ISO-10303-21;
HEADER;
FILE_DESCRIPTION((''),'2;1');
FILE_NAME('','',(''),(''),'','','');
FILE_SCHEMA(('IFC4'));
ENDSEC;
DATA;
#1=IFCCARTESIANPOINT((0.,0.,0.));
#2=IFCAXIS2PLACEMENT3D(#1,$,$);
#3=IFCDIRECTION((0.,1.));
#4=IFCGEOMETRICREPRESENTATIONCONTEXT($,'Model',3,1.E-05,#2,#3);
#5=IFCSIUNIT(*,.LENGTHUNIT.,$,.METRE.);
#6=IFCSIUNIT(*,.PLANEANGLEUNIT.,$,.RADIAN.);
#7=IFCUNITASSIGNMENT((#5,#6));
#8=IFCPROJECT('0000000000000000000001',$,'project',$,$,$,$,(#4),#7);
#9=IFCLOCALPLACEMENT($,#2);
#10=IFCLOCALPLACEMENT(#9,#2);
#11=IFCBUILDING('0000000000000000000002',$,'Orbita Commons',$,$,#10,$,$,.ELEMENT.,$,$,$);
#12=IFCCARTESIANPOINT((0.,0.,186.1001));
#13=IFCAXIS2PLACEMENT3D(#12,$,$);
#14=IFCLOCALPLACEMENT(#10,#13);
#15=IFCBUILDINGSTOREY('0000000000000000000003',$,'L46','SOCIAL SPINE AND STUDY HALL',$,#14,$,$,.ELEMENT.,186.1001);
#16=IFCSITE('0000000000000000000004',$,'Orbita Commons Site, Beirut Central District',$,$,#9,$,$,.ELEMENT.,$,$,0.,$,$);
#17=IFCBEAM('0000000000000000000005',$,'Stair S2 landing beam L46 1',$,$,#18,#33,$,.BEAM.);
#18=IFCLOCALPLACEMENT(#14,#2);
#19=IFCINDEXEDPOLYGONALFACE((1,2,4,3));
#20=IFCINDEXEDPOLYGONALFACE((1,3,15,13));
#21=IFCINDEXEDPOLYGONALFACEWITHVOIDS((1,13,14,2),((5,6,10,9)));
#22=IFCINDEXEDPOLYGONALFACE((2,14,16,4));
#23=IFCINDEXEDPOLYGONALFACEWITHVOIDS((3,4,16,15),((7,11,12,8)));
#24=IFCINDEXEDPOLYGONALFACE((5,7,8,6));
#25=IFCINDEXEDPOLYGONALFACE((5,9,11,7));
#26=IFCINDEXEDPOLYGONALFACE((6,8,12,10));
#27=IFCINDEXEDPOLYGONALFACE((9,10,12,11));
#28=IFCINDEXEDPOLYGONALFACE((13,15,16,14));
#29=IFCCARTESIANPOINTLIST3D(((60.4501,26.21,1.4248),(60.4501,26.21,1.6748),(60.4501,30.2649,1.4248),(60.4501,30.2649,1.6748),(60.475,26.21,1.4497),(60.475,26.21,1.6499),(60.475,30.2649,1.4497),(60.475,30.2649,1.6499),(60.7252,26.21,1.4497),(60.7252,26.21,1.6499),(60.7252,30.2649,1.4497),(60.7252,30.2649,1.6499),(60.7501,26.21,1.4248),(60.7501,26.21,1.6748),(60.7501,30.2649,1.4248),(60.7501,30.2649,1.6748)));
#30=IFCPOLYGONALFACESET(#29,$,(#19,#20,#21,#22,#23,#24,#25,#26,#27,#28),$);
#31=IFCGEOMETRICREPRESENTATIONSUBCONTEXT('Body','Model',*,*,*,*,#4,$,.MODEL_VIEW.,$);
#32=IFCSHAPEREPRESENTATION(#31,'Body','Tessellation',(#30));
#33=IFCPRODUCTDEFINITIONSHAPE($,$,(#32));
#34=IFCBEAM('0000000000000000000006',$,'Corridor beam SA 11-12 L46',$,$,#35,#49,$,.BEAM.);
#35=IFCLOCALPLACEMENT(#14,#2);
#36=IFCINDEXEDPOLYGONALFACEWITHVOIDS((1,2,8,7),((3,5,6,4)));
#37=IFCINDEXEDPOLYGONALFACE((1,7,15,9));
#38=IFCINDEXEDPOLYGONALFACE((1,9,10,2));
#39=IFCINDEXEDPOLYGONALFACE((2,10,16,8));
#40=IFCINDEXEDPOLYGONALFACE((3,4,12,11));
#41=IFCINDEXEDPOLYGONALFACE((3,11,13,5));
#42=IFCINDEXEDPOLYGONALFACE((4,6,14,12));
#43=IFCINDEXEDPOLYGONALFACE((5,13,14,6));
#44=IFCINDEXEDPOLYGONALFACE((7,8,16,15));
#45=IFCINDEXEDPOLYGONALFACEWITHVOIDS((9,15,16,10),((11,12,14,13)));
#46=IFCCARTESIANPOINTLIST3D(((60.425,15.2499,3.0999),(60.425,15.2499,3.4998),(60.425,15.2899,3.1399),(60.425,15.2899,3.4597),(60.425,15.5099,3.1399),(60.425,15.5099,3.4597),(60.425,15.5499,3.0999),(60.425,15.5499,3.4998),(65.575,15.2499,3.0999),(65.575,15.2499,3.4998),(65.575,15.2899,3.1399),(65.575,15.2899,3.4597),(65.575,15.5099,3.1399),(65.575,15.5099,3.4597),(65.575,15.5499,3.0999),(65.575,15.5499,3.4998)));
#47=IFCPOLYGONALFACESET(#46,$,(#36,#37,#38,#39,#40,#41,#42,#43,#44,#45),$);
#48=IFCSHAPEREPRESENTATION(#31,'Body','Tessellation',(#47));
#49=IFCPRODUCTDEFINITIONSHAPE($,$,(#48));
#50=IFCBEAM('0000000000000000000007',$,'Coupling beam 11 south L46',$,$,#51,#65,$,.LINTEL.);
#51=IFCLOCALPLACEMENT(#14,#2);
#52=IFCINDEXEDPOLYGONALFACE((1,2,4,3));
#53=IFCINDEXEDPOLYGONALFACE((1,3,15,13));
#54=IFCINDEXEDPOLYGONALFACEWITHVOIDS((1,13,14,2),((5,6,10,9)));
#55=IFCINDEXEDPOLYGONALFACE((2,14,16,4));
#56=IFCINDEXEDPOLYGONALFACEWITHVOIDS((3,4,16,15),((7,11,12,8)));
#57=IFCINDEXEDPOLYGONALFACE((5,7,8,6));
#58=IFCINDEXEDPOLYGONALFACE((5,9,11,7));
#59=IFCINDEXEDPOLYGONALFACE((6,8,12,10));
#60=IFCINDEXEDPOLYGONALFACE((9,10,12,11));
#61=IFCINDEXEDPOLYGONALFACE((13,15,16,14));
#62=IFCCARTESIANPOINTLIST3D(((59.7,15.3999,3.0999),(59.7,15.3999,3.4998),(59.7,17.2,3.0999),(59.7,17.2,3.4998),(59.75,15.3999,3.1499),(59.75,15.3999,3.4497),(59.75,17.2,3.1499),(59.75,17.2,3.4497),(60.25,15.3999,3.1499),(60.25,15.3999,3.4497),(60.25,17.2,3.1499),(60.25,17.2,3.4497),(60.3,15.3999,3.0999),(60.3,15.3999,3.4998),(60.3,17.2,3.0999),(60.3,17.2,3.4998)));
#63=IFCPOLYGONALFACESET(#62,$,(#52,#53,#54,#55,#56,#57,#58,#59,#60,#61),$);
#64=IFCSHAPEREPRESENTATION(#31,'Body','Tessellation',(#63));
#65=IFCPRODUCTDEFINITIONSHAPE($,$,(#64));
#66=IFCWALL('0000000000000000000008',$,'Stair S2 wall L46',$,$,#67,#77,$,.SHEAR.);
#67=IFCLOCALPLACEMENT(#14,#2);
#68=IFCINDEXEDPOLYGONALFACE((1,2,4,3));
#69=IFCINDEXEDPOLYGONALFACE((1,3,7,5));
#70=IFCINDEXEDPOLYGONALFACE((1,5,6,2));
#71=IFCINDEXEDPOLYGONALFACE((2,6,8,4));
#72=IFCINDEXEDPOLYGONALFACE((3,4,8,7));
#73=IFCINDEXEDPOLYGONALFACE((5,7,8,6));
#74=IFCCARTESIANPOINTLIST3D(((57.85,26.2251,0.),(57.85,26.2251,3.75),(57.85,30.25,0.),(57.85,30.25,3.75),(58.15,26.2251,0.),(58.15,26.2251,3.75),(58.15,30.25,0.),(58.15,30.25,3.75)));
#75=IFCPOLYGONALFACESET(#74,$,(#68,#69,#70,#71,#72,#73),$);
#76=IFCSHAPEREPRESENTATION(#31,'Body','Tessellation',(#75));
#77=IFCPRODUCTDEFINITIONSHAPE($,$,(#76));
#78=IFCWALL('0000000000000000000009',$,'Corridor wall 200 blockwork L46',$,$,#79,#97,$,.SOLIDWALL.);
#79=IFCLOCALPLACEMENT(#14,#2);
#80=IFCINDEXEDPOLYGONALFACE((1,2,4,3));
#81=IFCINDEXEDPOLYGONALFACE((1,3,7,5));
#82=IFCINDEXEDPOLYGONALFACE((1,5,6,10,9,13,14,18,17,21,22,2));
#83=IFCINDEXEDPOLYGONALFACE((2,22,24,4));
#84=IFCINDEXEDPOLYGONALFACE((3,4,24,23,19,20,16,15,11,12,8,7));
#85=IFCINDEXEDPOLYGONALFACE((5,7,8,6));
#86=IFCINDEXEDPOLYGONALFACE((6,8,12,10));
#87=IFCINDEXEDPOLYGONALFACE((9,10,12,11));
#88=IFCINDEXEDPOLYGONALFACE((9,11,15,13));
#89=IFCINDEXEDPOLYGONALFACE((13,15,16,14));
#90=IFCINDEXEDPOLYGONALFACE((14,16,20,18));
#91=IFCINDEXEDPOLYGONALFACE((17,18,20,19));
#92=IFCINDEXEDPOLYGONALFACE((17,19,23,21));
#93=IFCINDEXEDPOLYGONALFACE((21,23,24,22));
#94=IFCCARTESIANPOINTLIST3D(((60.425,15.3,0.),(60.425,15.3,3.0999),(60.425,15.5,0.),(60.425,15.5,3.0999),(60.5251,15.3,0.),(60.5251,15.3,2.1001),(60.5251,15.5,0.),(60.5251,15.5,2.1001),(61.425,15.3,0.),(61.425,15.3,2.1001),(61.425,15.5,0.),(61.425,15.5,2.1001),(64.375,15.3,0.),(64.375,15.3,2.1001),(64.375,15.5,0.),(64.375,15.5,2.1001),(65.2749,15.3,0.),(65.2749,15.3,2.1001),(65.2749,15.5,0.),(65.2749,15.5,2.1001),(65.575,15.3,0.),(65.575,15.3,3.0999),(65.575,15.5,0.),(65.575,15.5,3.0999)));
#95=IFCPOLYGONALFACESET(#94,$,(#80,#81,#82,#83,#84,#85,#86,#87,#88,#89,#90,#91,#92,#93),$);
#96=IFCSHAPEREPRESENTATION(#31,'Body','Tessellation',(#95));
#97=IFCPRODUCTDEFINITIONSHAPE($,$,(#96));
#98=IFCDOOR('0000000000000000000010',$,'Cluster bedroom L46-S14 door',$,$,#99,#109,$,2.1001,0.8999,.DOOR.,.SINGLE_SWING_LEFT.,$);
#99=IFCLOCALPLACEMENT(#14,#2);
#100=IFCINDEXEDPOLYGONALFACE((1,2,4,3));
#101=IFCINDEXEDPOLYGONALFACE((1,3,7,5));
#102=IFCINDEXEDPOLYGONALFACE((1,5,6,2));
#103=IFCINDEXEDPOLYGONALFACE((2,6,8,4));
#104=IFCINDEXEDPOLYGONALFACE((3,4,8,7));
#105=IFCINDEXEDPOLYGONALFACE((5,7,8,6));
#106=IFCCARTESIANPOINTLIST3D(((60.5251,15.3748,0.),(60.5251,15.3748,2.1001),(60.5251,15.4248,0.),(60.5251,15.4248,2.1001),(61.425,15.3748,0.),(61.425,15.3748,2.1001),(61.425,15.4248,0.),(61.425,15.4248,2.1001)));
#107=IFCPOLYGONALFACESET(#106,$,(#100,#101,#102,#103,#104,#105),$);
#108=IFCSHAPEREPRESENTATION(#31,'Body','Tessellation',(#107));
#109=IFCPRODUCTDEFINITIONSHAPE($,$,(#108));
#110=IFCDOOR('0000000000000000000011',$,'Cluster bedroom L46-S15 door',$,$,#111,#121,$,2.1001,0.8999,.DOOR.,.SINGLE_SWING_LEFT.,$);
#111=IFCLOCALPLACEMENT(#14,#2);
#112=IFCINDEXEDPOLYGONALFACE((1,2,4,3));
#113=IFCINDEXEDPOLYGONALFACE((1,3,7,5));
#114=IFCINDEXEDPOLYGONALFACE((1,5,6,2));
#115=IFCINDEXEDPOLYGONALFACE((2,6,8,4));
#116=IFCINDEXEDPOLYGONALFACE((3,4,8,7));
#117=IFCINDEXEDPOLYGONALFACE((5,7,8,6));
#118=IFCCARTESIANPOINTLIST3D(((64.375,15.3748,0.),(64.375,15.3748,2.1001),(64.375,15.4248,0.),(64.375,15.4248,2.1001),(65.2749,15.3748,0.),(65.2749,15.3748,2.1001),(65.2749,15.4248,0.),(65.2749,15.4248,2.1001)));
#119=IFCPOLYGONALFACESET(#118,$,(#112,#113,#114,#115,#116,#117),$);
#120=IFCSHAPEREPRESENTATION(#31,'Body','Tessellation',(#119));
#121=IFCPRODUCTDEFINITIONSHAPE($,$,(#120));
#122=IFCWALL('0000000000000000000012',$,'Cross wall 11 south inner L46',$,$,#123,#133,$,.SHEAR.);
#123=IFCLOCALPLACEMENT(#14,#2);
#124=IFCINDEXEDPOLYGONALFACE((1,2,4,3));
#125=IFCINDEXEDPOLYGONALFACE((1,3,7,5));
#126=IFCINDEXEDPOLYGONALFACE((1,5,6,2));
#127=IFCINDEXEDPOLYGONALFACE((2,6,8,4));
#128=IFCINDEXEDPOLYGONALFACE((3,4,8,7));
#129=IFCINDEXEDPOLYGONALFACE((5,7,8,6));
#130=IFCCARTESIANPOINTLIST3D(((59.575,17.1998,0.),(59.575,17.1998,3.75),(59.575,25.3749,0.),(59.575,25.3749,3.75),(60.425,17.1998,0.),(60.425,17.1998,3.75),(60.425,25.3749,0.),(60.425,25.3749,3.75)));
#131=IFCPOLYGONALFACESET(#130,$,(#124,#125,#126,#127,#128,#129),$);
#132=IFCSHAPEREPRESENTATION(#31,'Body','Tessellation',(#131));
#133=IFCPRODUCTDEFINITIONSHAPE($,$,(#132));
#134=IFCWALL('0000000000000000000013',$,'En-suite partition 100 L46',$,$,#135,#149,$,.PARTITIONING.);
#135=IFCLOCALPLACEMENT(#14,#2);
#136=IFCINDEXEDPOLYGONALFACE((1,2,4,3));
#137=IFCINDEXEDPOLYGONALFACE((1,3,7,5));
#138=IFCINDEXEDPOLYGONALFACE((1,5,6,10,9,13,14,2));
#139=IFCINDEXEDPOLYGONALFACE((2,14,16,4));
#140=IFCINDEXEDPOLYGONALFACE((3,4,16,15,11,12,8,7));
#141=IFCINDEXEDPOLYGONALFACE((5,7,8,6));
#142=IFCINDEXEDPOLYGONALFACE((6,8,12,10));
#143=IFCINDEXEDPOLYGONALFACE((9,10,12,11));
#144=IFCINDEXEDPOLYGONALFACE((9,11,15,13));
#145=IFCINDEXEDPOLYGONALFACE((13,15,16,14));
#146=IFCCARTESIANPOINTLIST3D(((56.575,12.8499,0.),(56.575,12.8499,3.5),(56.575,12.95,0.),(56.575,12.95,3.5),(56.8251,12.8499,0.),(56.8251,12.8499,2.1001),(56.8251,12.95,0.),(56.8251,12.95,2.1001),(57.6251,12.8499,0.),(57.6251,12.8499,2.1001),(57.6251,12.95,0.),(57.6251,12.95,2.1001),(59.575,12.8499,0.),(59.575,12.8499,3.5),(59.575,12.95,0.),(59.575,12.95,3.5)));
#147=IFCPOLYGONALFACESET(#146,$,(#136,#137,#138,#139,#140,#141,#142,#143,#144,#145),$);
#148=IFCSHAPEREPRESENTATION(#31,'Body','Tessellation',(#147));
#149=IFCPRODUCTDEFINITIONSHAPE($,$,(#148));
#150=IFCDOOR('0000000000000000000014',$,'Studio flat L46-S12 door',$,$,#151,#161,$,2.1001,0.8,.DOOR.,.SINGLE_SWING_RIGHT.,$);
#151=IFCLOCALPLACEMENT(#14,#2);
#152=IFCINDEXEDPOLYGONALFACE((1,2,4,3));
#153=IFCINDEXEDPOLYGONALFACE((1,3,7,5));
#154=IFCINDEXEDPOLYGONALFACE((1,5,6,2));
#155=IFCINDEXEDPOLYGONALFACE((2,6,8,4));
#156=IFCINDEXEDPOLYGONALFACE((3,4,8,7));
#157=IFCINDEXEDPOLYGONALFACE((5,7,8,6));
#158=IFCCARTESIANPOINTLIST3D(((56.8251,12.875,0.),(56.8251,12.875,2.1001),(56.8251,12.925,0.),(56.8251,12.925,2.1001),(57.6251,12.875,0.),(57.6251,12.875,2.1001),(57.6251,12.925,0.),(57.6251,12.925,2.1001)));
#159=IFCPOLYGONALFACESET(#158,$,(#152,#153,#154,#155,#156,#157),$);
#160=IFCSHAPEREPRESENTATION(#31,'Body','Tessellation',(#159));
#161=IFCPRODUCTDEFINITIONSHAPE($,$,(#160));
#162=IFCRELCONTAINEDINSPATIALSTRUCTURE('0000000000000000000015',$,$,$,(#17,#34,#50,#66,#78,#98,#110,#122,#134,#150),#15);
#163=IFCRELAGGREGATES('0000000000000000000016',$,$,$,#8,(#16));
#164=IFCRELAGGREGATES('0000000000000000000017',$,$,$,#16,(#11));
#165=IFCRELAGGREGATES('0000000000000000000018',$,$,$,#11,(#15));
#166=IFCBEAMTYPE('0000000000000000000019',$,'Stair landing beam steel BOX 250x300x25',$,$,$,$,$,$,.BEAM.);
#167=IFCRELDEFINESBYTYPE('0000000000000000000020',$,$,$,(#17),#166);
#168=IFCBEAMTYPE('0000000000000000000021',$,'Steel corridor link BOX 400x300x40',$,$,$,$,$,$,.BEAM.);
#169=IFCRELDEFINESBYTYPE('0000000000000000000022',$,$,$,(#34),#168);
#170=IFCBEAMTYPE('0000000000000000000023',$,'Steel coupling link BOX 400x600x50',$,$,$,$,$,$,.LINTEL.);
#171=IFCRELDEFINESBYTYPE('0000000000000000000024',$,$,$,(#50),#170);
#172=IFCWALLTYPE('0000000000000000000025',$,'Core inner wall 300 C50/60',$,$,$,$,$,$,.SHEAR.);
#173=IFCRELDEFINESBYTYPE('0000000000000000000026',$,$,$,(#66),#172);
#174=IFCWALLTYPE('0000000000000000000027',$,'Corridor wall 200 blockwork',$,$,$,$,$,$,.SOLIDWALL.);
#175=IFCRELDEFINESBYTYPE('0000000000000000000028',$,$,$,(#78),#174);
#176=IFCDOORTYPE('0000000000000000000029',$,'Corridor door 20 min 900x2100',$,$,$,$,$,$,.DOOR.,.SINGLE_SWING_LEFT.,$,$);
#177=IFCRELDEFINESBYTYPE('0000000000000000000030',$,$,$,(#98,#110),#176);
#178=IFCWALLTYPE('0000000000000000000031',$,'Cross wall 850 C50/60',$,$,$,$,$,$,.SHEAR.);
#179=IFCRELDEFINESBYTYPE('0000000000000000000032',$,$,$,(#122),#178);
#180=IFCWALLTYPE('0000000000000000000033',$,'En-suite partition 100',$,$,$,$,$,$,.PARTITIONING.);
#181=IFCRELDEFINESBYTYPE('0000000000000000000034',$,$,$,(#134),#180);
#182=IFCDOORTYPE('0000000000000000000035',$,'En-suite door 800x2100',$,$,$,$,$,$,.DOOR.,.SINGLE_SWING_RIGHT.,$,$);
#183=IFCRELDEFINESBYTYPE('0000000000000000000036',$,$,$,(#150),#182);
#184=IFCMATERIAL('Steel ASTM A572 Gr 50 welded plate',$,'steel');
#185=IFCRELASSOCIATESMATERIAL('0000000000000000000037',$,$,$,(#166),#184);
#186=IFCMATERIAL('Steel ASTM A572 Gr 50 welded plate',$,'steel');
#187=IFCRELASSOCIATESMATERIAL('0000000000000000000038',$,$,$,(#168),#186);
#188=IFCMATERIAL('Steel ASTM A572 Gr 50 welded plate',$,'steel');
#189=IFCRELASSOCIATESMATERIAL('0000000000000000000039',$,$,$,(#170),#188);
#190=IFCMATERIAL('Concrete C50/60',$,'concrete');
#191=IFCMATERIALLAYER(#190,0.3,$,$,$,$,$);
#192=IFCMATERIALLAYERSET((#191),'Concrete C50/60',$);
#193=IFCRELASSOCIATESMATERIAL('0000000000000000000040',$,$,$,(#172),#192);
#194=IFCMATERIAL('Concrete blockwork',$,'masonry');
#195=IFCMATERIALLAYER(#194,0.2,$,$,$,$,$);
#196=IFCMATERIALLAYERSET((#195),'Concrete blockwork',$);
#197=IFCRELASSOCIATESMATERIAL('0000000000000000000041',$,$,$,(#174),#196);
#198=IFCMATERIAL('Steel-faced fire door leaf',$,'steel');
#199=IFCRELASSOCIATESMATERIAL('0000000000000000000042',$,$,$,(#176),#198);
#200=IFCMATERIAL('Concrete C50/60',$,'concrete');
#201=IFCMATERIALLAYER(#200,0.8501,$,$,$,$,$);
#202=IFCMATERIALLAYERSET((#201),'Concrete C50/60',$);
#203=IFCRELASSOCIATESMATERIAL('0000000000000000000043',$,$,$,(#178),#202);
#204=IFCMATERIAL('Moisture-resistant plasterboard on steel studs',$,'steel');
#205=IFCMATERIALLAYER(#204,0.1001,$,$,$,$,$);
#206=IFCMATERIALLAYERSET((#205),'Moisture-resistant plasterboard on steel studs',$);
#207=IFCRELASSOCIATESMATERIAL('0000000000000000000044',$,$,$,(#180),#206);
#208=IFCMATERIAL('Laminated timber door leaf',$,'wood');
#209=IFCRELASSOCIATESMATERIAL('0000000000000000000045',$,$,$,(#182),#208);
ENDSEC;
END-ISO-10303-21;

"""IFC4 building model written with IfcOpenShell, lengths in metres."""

from ifc_helpers import new_model, si_unit, direction, frame, frame_2d, origin, origin_2d, place, context, subcontext, project, spatial, polyline, rectangle, hollow_rectangle, outline, extrude, material, layer, layer_set, material_profile, profile_set, type_object, element, fill, save


model = new_model("IFC4")

# Units and contexts
model_context = context("Model", 3, precision=1e-05, world=origin(), true_north=direction((0.0, 1.0)))
body_context = subcontext(model_context, "Body", "Model", "MODEL_VIEW")
ifc_project = project(units=[si_unit("LENGTHUNIT", "METRE"), si_unit("PLANEANGLEUNIT", "RADIAN")], contexts=[model_context])

# Site, building, storey
site_placement = place(None, origin())
site = spatial("IfcSite", under=ifc_project, at=site_placement, Name="Orbita Commons Site, Beirut Central District", CompositionType="ELEMENT", RefElevation=0.0)
building_placement = place(site_placement, origin())
building = spatial("IfcBuilding", under=site, at=building_placement, Name="Orbita Commons", CompositionType="ELEMENT")
storey_placement = place(building_placement, frame((0.0, 0.0, 186.1001)))
storey = spatial("IfcBuildingStorey", under=building, at=storey_placement, Name="L46", Description="SOCIAL SPINE AND STUDY HALL", CompositionType="ELEMENT", Elevation=186.1001)

# Beams
ifc_material_1 = material(Name="Steel ASTM A572 Gr 50 welded plate", Category="steel")
ifc_material_profile_1 = material_profile(ifc_material_1, hollow_rectangle(XDim=0.3, YDim=0.25, WallThickness=0.0249, at=origin_2d()), Name="BOX 250x300x25")
ifc_profile_set_1 = profile_set([ifc_material_profile_1], Name="Steel ASTM A572 Gr 50 welded plate")
beam_type_1 = type_object("IfcBeamType", Name="Stair landing beam steel BOX 250x300x25", PredefinedType="BEAM", material=ifc_profile_set_1)
beam_1_placement = place(storey_placement, frame((60.6001, 26.21, 1.5498), z_axis=(0.0, 1.0, 0.0), x_axis=(-1.0, 0.0, 0.0)))
element("IfcBeam", 1, at=beam_1_placement, inside=storey, type_object=beam_type_1, Name="Stair S2 landing beam L46 1", PredefinedType="BEAM", context=body_context, shape_type="SweptSolid", body=[
    extrude(hollow_rectangle(XDim=0.3, YDim=0.25, WallThickness=0.0249, at=origin_2d()), origin(), (0.0, 0.0, 1.0), 4.0549),
])
ifc_material_2 = material(Name="Steel ASTM A572 Gr 50 welded plate", Category="steel")
ifc_material_profile_2 = material_profile(ifc_material_2, hollow_rectangle(XDim=0.3, YDim=0.3999, WallThickness=0.04, at=origin_2d()), Name="BOX 400x300x40")
ifc_profile_set_2 = profile_set([ifc_material_profile_2], Name="Steel ASTM A572 Gr 50 welded plate")
beam_type_2 = type_object("IfcBeamType", Name="Steel corridor link BOX 400x300x40", PredefinedType="BEAM", material=ifc_profile_set_2)
beam_2_placement = place(storey_placement, frame((60.425, 15.3999, 3.2998), z_axis=(1.0, 0.0, 0.0), x_axis=(0.0, 1.0, 0.0)))
element("IfcBeam", 2, at=beam_2_placement, inside=storey, type_object=beam_type_2, Name="Corridor beam SA 11-12 L46", PredefinedType="BEAM", context=body_context, shape_type="SweptSolid", body=[
    extrude(hollow_rectangle(XDim=0.3, YDim=0.3999, WallThickness=0.04, at=origin_2d()), origin(), (0.0, 0.0, 1.0), 5.1499),
])
ifc_material_3 = material(Name="Steel ASTM A572 Gr 50 welded plate", Category="steel")
ifc_material_profile_3 = material_profile(ifc_material_3, hollow_rectangle(XDim=0.6001, YDim=0.3999, WallThickness=0.05, at=origin_2d()), Name="BOX 400x600x50")
ifc_profile_set_3 = profile_set([ifc_material_profile_3], Name="Steel ASTM A572 Gr 50 welded plate")
beam_type_3 = type_object("IfcBeamType", Name="Steel coupling link BOX 400x600x50", PredefinedType="LINTEL", material=ifc_profile_set_3)
beam_3_placement = place(storey_placement, frame((60.0, 15.3999, 3.2998), z_axis=(0.0, 1.0, 0.0), x_axis=(-1.0, 0.0, 0.0)))
element("IfcBeam", 3, at=beam_3_placement, inside=storey, type_object=beam_type_3, Name="Coupling beam 11 south L46", PredefinedType="LINTEL", context=body_context, shape_type="SweptSolid", body=[
    extrude(hollow_rectangle(XDim=0.6001, YDim=0.3999, WallThickness=0.05, at=origin_2d()), origin(), (0.0, 0.0, 1.0), 1.8),
])

# Wall
ifc_material_4 = material(Name="Concrete C50/60", Category="concrete")
ifc_layer_1 = layer(ifc_material_4, 0.3)
ifc_layer_set_1 = layer_set([ifc_layer_1], Name="Concrete C50/60")
wall_type_1 = type_object("IfcWallType", Name="Core inner wall 300 C50/60", PredefinedType="SHEAR", material=ifc_layer_set_1)
wall_1_placement = place(storey_placement, frame((58.0, 26.2251, 0.0), z_axis=(0.0, 0.0, 1.0), x_axis=(0.0, 1.0, 0.0)))
element("IfcWall", 4, at=wall_1_placement, inside=storey, type_object=wall_type_1, Name="Stair S2 wall L46", PredefinedType="SHEAR", context=body_context, shape_type="SweptSolid", body=[
    extrude(rectangle(XDim=4.0249, YDim=0.3, at=frame_2d((2.0125, 0.0))), origin(), (0.0, 0.0, 1.0), 3.75),
])

# Wall, openings, doors
ifc_material_5 = material(Name="Concrete blockwork", Category="masonry")
ifc_layer_2 = layer(ifc_material_5, 0.2)
ifc_layer_set_2 = layer_set([ifc_layer_2], Name="Concrete blockwork")
wall_type_2 = type_object("IfcWallType", Name="Corridor wall 200 blockwork", PredefinedType="SOLIDWALL", material=ifc_layer_set_2)
wall_2_placement = place(storey_placement, frame((60.425, 15.3999, 0.0), z_axis=(0.0, 0.0, 1.0), x_axis=(1.0, 0.0, 0.0)))
wall_2 = element("IfcWall", 5, at=wall_2_placement, inside=storey, type_object=wall_type_2, Name="Corridor wall 200 blockwork L46", PredefinedType="SOLIDWALL", context=body_context, shape_type="SweptSolid", body=[
    extrude(outline(polyline([(0.0, 0.0), (5.1499, 0.0), (5.1499, 3.0999), (0.0, 3.0999), (0.0, 0.0)])), frame((0.0, 0.1001, 0.0), z_axis=(0.0, -1.0, 0.0), x_axis=(1.0, 0.0, 0.0)), (0.0, 0.0, 1.0), 0.2),
])
opening_1_placement = place(wall_2_placement, frame((0.1001, 0.0, 0.0)))
opening_1 = element("IfcOpeningElement", 6, at=opening_1_placement, cuts=wall_2, PredefinedType="OPENING", context=body_context, shape_type="SweptSolid", body=[
    extrude(rectangle(XDim=0.8999, YDim=2.1001, at=frame_2d((0.45, 1.05))), frame((0.0, 0.1099, 0.0), z_axis=(0.0, -1.0, 0.0), x_axis=(1.0, 0.0, 0.0)), (0.0, 0.0, 1.0), 0.22),
])
opening_2_placement = place(wall_2_placement, frame((3.95, 0.0, 0.0)))
opening_2 = element("IfcOpeningElement", 7, at=opening_2_placement, cuts=wall_2, PredefinedType="OPENING", context=body_context, shape_type="SweptSolid", body=[
    extrude(rectangle(XDim=0.8999, YDim=2.1001, at=frame_2d((0.45, 1.05))), frame((0.0, 0.1099, 0.0), z_axis=(0.0, -1.0, 0.0), x_axis=(1.0, 0.0, 0.0)), (0.0, 0.0, 1.0), 0.22),
])
ifc_material_6 = material(Name="Steel-faced fire door leaf", Category="steel")
door_type_1 = type_object("IfcDoorType", Name="Corridor door 20 min 900x2100", OperationType="SINGLE_SWING_LEFT", PredefinedType="DOOR", material=ifc_material_6)
door_1_placement = place(opening_1_placement, origin())
door_1 = element("IfcDoor", 8, at=door_1_placement, inside=storey, type_object=door_type_1, Name="Cluster bedroom L46-S14 door", OperationType="SINGLE_SWING_LEFT", OverallHeight=2.1001, OverallWidth=0.8999, PredefinedType="DOOR", context=body_context, shape_type="SweptSolid", body=[
    extrude(rectangle(XDim=0.8999, YDim=2.1001, at=frame_2d((0.45, 1.05))), frame((0.0, 0.0249, 0.0), z_axis=(0.0, -1.0, 0.0), x_axis=(1.0, 0.0, 0.0)), (0.0, 0.0, 1.0), 0.05),
])
fill(opening_1, door_1)
door_2_placement = place(opening_2_placement, origin())
door_2 = element("IfcDoor", 9, at=door_2_placement, inside=storey, type_object=door_type_1, Name="Cluster bedroom L46-S15 door", OperationType="SINGLE_SWING_LEFT", OverallHeight=2.1001, OverallWidth=0.8999, PredefinedType="DOOR", context=body_context, shape_type="SweptSolid", body=[
    extrude(rectangle(XDim=0.8999, YDim=2.1001, at=frame_2d((0.45, 1.05))), frame((0.0, 0.0249, 0.0), z_axis=(0.0, -1.0, 0.0), x_axis=(1.0, 0.0, 0.0)), (0.0, 0.0, 1.0), 0.05),
])
fill(opening_2, door_2)

# Wall
ifc_material_7 = material(Name="Concrete C50/60", Category="concrete")
ifc_layer_3 = layer(ifc_material_7, 0.8501)
ifc_layer_set_3 = layer_set([ifc_layer_3], Name="Concrete C50/60")
wall_type_3 = type_object("IfcWallType", Name="Cross wall 850 C50/60", PredefinedType="SHEAR", material=ifc_layer_set_3)
wall_3_placement = place(storey_placement, frame((60.0, 17.2, 0.0), z_axis=(0.0, 0.0, 1.0), x_axis=(0.0, 1.0, 0.0)))
element("IfcWall", 10, at=wall_3_placement, inside=storey, type_object=wall_type_3, Name="Cross wall 11 south inner L46", PredefinedType="SHEAR", context=body_context, shape_type="SweptSolid", body=[
    extrude(rectangle(XDim=8.175, YDim=0.8501, at=frame_2d((4.0874, 0.0))), origin(), (0.0, 0.0, 1.0), 3.75),
])

# Wall, opening, door
ifc_material_8 = material(Name="Moisture-resistant plasterboard on steel studs", Category="steel")
ifc_layer_4 = layer(ifc_material_8, 0.1001)
ifc_layer_set_4 = layer_set([ifc_layer_4], Name="Moisture-resistant plasterboard on steel studs")
wall_type_4 = type_object("IfcWallType", Name="En-suite partition 100", PredefinedType="PARTITIONING", material=ifc_layer_set_4)
wall_4_placement = place(storey_placement, frame((59.575, 12.8999, 0.0), z_axis=(0.0, 0.0, 1.0), x_axis=(-1.0, 0.0, 0.0)))
wall_4 = element("IfcWall", 11, at=wall_4_placement, inside=storey, type_object=wall_type_4, Name="En-suite partition 100 L46", PredefinedType="PARTITIONING", context=body_context, shape_type="SweptSolid", body=[
    extrude(rectangle(XDim=3.0, YDim=0.1001, at=frame_2d((1.5, 0.0))), origin(), (0.0, 0.0, 1.0), 3.5),
])
opening_3_placement = place(wall_4_placement, frame((1.95, 0.0, 0.0)))
opening_3 = element("IfcOpeningElement", 12, at=opening_3_placement, cuts=wall_4, PredefinedType="OPENING", context=body_context, shape_type="SweptSolid", body=[
    extrude(rectangle(XDim=0.8, YDim=2.1001, at=frame_2d((0.3999, 1.05))), frame((0.0, 0.0601, 0.0), z_axis=(0.0, -1.0, 0.0), x_axis=(1.0, 0.0, 0.0)), (0.0, 0.0, 1.0), 0.1201),
])
ifc_material_9 = material(Name="Laminated timber door leaf", Category="wood")
door_type_2 = type_object("IfcDoorType", Name="En-suite door 800x2100", OperationType="SINGLE_SWING_RIGHT", PredefinedType="DOOR", material=ifc_material_9)
door_3_placement = place(opening_3_placement, origin())
door_3 = element("IfcDoor", 13, at=door_3_placement, inside=storey, type_object=door_type_2, Name="Studio flat L46-S12 door", OperationType="SINGLE_SWING_RIGHT", OverallHeight=2.1001, OverallWidth=0.8, PredefinedType="DOOR", context=body_context, shape_type="SweptSolid", body=[
    extrude(rectangle(XDim=0.8, YDim=2.1001, at=frame_2d((0.3999, 1.05))), frame((0.0, 0.0249, 0.0), z_axis=(0.0, -1.0, 0.0), x_axis=(1.0, 0.0, 0.0)), (0.0, 0.0, 1.0), 0.05),
])
fill(opening_3, door_3)

save(model, "model.ifc")
